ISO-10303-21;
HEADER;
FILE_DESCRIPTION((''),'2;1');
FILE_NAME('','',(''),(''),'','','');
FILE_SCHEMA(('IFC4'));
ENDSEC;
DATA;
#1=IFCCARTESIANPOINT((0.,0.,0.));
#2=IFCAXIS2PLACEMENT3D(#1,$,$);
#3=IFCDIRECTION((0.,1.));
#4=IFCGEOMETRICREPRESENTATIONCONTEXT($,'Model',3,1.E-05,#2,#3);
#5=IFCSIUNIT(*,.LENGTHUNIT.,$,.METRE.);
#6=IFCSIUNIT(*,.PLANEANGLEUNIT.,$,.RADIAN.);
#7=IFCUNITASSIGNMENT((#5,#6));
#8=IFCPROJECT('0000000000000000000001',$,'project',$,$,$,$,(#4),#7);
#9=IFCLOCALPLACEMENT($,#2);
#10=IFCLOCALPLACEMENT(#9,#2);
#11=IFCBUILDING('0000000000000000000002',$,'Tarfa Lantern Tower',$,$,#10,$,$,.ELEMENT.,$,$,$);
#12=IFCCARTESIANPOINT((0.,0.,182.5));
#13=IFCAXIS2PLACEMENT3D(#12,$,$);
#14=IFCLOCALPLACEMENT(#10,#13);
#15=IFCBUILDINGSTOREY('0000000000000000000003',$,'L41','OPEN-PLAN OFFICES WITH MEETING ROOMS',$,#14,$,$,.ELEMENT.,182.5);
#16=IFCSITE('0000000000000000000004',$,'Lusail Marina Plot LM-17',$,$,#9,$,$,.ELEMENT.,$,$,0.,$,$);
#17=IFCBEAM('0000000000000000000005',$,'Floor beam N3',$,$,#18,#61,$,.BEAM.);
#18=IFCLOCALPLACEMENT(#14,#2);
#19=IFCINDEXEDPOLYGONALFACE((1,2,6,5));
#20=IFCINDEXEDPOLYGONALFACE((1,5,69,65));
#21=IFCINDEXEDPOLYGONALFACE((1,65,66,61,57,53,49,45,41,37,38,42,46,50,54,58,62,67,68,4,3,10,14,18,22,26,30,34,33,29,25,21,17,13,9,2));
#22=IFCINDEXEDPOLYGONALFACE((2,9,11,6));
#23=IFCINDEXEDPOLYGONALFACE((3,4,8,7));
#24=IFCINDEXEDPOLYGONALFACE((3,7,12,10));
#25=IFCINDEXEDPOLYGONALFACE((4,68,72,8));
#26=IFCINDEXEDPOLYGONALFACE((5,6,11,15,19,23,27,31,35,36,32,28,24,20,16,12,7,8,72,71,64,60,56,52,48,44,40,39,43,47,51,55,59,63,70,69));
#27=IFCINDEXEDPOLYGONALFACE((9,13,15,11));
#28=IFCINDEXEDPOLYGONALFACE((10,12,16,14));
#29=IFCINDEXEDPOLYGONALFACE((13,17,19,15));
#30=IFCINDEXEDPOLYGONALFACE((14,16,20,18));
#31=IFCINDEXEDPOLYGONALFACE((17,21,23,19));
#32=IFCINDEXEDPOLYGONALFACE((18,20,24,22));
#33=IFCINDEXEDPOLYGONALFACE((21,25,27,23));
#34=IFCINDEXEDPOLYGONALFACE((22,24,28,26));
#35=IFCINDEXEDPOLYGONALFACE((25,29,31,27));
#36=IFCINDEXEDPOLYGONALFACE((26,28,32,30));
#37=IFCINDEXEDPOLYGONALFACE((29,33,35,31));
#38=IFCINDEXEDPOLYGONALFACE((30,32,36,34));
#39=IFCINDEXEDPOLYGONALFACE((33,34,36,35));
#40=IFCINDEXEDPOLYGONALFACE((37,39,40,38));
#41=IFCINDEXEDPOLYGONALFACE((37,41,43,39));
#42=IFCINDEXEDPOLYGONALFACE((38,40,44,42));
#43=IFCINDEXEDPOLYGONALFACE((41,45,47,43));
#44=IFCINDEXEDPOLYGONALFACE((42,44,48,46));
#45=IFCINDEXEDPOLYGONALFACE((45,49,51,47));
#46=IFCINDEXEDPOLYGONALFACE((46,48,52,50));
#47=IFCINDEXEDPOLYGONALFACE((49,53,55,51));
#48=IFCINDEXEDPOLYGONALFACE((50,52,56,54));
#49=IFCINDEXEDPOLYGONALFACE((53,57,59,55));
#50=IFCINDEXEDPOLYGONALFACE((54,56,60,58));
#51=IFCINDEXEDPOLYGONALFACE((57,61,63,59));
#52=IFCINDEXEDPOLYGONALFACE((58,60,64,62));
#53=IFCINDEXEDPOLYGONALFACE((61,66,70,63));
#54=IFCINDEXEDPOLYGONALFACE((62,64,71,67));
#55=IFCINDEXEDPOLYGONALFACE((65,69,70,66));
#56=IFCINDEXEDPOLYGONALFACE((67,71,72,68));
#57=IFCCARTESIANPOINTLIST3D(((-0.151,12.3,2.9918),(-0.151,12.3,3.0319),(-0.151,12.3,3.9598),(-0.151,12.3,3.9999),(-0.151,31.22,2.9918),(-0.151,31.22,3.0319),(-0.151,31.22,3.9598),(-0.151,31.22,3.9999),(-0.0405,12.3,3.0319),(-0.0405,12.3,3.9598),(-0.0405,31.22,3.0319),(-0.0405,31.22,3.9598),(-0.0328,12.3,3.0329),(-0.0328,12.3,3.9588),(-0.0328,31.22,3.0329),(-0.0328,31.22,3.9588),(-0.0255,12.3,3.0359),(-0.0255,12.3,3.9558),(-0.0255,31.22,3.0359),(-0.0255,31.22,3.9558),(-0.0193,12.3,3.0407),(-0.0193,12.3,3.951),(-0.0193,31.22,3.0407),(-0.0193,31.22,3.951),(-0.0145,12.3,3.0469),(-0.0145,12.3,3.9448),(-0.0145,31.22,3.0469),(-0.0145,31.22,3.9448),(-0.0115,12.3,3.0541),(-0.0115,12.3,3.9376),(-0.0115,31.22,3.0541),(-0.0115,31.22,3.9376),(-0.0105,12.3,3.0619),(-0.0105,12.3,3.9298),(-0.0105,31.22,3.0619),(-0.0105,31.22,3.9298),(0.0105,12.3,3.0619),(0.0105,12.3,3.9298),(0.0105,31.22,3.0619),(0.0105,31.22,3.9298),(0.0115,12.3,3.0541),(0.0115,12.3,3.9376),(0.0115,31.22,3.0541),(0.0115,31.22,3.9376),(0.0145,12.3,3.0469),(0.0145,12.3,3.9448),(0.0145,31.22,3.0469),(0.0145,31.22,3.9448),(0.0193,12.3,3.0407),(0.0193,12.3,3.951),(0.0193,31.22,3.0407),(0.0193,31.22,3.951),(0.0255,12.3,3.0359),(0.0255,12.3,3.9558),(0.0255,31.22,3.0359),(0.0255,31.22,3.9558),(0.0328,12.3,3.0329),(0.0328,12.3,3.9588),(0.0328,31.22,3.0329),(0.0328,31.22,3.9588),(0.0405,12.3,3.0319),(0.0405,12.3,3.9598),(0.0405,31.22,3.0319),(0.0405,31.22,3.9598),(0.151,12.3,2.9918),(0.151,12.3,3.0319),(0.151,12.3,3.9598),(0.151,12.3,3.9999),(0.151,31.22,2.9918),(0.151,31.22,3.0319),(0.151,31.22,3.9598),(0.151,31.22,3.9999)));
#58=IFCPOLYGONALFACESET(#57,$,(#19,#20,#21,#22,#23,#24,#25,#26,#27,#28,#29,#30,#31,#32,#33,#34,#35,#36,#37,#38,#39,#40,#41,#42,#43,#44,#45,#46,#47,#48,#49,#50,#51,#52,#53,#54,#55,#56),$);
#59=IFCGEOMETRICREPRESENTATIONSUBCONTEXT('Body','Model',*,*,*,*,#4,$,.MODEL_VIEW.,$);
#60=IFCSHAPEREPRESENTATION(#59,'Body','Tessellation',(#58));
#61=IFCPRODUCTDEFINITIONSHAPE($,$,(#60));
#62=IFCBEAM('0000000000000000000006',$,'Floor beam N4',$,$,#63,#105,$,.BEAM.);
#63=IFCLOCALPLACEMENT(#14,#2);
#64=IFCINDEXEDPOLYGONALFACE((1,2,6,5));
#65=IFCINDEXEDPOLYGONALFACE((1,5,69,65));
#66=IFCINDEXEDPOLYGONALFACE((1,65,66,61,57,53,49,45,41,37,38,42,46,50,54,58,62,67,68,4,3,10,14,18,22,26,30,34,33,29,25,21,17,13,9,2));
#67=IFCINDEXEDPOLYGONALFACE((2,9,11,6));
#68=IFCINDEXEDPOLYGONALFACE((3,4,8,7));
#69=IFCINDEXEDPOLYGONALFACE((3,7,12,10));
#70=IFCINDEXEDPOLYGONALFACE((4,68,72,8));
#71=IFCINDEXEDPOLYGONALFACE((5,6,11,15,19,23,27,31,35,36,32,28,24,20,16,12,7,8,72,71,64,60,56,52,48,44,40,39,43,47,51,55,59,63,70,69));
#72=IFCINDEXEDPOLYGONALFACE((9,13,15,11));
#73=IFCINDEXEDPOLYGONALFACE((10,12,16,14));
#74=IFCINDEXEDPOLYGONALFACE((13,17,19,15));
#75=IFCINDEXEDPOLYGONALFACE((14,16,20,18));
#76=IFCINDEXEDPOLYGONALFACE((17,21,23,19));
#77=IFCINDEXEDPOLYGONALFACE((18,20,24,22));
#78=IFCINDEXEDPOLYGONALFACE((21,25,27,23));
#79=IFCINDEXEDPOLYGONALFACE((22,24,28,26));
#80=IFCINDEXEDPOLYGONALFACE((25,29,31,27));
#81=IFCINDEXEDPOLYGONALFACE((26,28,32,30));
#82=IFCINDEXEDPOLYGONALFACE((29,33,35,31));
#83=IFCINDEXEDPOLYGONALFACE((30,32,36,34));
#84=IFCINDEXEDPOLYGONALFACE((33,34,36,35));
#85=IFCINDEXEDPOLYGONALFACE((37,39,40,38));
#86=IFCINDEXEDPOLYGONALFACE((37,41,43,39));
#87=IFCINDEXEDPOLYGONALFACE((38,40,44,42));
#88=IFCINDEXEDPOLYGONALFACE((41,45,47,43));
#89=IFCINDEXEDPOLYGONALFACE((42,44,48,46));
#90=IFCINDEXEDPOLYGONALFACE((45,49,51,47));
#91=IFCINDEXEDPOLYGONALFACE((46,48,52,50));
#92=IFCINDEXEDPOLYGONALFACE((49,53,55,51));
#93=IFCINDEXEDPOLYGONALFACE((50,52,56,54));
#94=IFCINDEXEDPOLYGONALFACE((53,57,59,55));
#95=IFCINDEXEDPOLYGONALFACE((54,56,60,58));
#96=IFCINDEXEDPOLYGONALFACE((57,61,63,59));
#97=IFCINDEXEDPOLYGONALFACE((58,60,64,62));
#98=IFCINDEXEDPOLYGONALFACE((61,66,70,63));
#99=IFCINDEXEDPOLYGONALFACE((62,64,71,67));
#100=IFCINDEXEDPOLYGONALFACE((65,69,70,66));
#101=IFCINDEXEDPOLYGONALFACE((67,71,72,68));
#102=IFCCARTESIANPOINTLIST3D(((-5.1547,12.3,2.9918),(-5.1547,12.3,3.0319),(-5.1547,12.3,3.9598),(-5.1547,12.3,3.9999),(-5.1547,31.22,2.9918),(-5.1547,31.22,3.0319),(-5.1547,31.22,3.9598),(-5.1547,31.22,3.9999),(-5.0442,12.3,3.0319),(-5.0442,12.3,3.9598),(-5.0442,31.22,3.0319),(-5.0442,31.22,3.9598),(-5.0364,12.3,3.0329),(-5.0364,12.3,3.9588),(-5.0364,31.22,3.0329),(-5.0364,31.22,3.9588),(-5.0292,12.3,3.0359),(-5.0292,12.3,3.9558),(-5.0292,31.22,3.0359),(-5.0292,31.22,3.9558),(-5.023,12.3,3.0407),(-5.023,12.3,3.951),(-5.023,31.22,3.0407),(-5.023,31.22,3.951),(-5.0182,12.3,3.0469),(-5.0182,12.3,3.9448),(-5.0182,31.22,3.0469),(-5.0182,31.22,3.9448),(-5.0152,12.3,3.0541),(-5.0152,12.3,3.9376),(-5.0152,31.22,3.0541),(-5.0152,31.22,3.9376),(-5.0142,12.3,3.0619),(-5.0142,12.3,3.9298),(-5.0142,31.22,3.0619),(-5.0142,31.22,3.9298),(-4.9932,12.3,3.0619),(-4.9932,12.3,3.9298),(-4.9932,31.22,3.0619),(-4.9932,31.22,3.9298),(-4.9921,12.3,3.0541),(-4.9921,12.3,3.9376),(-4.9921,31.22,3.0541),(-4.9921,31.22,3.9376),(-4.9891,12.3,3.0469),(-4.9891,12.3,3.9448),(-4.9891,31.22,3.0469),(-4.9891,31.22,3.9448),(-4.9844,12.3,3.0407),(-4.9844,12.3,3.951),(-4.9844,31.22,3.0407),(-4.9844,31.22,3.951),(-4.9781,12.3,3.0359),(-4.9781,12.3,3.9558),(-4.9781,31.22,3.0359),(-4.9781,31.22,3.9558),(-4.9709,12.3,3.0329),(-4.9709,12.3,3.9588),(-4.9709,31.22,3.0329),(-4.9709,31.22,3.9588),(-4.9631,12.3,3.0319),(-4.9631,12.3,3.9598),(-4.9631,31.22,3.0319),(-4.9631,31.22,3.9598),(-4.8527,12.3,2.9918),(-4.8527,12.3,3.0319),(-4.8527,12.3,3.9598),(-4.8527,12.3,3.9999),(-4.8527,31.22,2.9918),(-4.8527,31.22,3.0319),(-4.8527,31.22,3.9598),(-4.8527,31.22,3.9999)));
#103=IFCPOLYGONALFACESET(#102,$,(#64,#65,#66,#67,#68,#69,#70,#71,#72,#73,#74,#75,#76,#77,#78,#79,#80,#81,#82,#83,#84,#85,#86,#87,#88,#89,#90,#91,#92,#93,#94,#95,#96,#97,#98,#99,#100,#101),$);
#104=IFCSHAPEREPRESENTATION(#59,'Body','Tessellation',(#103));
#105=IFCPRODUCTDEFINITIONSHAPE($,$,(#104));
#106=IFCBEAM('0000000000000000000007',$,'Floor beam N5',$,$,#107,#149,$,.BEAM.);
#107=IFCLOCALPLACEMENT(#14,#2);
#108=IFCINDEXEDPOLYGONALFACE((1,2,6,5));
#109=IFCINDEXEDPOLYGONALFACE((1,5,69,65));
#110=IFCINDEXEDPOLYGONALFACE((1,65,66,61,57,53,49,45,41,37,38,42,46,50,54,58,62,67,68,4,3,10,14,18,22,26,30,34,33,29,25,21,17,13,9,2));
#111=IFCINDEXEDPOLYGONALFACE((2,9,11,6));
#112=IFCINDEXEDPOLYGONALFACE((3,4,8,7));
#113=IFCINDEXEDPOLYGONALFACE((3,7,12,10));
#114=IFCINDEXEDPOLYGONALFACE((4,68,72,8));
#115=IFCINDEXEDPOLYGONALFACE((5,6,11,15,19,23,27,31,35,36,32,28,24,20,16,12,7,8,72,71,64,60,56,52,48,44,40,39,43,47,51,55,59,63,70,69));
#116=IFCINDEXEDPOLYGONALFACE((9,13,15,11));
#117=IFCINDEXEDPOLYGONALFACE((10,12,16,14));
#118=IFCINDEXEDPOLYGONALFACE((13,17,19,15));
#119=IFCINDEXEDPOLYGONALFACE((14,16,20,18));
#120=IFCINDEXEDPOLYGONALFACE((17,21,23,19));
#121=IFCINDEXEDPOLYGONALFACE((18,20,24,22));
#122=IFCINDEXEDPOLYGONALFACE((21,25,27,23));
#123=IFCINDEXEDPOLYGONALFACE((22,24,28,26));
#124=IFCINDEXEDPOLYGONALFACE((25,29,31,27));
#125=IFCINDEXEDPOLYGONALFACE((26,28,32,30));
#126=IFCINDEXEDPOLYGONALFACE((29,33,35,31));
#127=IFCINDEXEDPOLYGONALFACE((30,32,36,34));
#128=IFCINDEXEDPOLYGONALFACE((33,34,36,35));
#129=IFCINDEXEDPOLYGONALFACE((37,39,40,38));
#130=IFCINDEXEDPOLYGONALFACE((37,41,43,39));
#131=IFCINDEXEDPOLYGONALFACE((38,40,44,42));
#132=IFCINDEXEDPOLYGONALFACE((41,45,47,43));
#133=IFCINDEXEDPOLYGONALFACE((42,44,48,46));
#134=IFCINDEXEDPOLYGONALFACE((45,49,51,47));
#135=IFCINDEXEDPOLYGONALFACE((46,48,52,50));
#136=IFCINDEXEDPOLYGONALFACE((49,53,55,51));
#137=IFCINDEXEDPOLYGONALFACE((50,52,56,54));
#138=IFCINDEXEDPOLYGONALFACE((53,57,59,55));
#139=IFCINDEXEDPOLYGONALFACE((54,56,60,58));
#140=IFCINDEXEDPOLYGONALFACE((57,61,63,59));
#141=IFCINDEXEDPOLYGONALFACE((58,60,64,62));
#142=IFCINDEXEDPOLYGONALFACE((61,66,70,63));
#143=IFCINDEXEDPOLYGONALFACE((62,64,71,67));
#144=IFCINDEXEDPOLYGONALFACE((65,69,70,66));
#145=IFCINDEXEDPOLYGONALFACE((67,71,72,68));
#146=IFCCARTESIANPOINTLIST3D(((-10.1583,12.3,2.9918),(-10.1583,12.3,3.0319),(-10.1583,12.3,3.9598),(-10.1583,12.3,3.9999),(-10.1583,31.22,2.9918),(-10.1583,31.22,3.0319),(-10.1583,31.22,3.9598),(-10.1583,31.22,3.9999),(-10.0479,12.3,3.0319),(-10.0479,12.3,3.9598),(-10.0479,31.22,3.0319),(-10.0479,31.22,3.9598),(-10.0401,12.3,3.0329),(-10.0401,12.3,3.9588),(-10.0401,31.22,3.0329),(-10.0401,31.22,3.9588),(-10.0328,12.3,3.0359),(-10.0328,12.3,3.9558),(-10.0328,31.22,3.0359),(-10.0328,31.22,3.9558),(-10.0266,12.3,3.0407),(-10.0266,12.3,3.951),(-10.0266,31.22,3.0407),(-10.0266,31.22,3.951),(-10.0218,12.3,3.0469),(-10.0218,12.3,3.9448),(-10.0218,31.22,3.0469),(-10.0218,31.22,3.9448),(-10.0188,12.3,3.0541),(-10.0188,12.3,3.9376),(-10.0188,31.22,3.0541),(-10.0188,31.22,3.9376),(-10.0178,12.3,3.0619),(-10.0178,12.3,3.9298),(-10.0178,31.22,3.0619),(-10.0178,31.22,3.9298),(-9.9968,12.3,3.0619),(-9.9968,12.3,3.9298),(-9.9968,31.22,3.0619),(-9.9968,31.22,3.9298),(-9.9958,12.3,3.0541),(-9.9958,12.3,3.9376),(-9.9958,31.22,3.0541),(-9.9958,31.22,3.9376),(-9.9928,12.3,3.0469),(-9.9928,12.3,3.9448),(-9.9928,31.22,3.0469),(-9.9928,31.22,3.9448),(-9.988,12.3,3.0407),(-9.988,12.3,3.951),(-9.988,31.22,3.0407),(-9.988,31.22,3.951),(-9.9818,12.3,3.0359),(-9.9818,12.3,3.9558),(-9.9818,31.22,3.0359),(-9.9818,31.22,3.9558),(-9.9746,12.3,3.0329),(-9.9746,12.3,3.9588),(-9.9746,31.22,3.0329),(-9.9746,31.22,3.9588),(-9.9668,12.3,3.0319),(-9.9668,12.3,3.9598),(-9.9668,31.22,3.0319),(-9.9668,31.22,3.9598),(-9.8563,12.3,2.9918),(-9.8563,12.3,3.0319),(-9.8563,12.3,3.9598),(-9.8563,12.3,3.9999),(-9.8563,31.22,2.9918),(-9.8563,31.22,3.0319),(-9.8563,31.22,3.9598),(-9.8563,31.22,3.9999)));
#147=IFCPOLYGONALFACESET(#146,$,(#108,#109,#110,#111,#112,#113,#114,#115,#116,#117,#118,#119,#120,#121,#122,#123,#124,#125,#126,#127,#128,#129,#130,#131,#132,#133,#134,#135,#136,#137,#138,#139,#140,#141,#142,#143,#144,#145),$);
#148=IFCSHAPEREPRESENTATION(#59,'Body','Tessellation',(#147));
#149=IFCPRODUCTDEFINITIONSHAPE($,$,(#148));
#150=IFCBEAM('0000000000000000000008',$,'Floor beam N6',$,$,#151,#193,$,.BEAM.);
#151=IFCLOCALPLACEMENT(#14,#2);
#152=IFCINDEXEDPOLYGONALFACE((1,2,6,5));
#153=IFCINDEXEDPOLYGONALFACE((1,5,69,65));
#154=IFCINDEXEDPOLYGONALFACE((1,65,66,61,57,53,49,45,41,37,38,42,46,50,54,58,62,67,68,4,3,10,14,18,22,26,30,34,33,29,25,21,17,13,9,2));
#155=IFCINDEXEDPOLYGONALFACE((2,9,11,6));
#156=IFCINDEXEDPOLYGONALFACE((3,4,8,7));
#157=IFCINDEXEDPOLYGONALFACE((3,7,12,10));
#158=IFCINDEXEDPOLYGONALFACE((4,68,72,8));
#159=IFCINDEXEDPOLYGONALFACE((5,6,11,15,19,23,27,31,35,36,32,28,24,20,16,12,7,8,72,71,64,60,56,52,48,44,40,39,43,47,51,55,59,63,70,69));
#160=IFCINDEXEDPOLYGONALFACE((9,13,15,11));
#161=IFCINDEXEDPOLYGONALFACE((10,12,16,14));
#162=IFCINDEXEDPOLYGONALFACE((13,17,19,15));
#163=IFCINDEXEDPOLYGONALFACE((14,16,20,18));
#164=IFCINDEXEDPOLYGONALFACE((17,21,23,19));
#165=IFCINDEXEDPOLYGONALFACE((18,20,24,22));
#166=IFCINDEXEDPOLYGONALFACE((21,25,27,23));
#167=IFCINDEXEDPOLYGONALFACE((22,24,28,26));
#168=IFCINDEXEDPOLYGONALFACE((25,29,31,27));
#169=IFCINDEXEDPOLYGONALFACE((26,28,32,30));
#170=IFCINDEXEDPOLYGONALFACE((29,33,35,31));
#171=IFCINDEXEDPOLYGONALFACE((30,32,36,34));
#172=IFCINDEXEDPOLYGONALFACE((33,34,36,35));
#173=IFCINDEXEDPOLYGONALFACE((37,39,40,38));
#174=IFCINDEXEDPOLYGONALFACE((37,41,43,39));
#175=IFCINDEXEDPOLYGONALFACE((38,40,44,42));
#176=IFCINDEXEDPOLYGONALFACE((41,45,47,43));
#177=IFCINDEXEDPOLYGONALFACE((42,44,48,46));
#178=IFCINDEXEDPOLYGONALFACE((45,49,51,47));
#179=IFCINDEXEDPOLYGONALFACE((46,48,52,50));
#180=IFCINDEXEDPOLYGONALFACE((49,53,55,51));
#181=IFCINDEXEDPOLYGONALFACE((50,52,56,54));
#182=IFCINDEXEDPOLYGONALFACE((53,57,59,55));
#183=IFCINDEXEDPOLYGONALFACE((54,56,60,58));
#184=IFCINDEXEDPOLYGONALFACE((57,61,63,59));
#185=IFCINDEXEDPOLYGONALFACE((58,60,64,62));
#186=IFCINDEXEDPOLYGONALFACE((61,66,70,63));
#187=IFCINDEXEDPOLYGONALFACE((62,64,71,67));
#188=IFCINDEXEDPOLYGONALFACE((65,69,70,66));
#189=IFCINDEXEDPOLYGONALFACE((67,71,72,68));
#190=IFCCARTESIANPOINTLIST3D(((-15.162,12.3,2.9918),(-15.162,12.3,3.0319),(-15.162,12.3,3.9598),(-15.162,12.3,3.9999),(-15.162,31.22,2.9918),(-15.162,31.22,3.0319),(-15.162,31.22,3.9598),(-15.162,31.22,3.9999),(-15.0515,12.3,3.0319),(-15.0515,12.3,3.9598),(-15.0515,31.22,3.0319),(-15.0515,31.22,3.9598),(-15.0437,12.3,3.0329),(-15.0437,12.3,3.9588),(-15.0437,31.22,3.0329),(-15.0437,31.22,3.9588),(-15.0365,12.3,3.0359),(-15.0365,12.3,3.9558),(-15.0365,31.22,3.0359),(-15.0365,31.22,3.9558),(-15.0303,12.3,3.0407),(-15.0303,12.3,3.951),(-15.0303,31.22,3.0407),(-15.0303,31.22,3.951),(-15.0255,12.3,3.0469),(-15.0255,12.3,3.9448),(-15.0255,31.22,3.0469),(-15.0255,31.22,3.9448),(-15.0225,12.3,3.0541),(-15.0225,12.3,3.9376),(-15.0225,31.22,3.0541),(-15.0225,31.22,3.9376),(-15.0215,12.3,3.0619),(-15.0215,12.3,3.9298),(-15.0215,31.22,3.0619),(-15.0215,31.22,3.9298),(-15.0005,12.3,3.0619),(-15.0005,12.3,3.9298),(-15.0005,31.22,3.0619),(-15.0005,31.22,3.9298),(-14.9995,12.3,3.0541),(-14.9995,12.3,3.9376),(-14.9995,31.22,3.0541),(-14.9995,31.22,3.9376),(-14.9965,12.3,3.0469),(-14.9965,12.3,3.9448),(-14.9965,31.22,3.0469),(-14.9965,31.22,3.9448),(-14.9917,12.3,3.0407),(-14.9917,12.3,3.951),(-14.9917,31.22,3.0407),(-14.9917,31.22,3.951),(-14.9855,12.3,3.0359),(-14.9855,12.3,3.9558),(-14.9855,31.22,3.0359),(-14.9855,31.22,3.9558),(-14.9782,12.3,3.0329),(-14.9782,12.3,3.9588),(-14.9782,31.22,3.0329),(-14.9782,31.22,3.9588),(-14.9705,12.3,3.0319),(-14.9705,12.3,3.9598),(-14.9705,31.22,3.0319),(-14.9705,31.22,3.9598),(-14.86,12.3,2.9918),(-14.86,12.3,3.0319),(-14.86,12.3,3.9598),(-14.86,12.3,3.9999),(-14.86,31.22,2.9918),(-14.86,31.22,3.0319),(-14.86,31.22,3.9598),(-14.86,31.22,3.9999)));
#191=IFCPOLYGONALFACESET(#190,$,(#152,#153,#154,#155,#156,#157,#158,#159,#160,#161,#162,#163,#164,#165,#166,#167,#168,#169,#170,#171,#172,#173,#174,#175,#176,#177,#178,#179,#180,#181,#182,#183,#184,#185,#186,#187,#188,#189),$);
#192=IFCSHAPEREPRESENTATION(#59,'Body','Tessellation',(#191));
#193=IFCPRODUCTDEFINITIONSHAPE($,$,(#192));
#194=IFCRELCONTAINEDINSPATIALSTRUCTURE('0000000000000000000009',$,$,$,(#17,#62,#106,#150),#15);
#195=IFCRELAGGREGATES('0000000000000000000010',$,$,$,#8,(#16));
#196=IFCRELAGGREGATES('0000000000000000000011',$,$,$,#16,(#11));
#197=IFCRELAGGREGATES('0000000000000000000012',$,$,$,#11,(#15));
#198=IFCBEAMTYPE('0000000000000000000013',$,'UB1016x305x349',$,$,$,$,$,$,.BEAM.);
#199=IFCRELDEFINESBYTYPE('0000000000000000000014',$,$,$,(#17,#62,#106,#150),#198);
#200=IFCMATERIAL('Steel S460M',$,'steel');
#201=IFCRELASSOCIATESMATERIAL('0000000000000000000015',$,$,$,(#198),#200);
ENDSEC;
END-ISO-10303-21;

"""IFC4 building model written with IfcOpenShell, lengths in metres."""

from ifc_helpers import new_model, si_unit, direction, frame, origin, origin_2d, place, context, subcontext, project, spatial, i_section, extrude, material, material_profile, profile_set, type_object, element, save


model = new_model("IFC4")

# Units and contexts
model_context = context("Model", 3, precision=1e-05, world=origin(), true_north=direction((0.0, 1.0)))
body_context = subcontext(model_context, "Body", "Model", "MODEL_VIEW")
ifc_project = project(units=[si_unit("LENGTHUNIT", "METRE"), si_unit("PLANEANGLEUNIT", "RADIAN")], contexts=[model_context])

# Site, building, storey
site_placement = place(None, origin())
site = spatial("IfcSite", under=ifc_project, at=site_placement, Name="Lusail Marina Plot LM-17", CompositionType="ELEMENT", RefElevation=0.0)
building_placement = place(site_placement, origin())
building = spatial("IfcBuilding", under=site, at=building_placement, Name="Tarfa Lantern Tower", CompositionType="ELEMENT")
storey_placement = place(building_placement, frame((0.0, 0.0, 182.5)))
storey = spatial("IfcBuildingStorey", under=building, at=storey_placement, Name="L41", Description="OPEN-PLAN OFFICES WITH MEETING ROOMS", CompositionType="ELEMENT", Elevation=182.5)

# Beams
ifc_material_1 = material(Name="Steel S460M", Category="steel")
ifc_material_profile_1 = material_profile(ifc_material_1, i_section(OverallWidth=0.302, OverallDepth=1.0081, WebThickness=0.021, FlangeThickness=0.04, FilletRadius=0.03, at=origin_2d()), Name="UB1016x305x349")
ifc_profile_set_1 = profile_set([ifc_material_profile_1], Name="Steel S460M")
beam_type_1 = type_object("IfcBeamType", Name="UB1016x305x349", PredefinedType="BEAM", material=ifc_profile_set_1)
for number, where, z_axis, x_axis, name in (
    (1, (0.0, 31.22, 3.4958), (0.0, -1.0, 0.0), (1.0, 0.0, 0.0), "Floor beam N3"),
    (2, (-5.0037, 31.22, 3.4958), (0.0, -1.0, 0.0), (1.0, 0.0, 0.0), "Floor beam N4"),
    (3, (-10.0073, 31.22, 3.4958), (0.0, -1.0, 0.0), (1.0, 0.0, 0.0), "Floor beam N5"),
    (4, (-15.011, 31.22, 3.4958), (0.0, -1.0, 0.0), (1.0, 0.0, 0.0), "Floor beam N6"),
):
    element("IfcBeam", number, at=place(storey_placement, frame(where, z_axis=z_axis, x_axis=x_axis)), inside=storey, type_object=beam_type_1, Name=name, PredefinedType="BEAM", context=body_context, shape_type="SweptSolid", body=[
        extrude(i_section(OverallWidth=0.302, OverallDepth=1.0081, WebThickness=0.021, FlangeThickness=0.04, FilletRadius=0.03, at=origin_2d()), origin(), (0.0, 0.0, 1.0), 18.9199),
    ])

save(model, "model.ifc")
